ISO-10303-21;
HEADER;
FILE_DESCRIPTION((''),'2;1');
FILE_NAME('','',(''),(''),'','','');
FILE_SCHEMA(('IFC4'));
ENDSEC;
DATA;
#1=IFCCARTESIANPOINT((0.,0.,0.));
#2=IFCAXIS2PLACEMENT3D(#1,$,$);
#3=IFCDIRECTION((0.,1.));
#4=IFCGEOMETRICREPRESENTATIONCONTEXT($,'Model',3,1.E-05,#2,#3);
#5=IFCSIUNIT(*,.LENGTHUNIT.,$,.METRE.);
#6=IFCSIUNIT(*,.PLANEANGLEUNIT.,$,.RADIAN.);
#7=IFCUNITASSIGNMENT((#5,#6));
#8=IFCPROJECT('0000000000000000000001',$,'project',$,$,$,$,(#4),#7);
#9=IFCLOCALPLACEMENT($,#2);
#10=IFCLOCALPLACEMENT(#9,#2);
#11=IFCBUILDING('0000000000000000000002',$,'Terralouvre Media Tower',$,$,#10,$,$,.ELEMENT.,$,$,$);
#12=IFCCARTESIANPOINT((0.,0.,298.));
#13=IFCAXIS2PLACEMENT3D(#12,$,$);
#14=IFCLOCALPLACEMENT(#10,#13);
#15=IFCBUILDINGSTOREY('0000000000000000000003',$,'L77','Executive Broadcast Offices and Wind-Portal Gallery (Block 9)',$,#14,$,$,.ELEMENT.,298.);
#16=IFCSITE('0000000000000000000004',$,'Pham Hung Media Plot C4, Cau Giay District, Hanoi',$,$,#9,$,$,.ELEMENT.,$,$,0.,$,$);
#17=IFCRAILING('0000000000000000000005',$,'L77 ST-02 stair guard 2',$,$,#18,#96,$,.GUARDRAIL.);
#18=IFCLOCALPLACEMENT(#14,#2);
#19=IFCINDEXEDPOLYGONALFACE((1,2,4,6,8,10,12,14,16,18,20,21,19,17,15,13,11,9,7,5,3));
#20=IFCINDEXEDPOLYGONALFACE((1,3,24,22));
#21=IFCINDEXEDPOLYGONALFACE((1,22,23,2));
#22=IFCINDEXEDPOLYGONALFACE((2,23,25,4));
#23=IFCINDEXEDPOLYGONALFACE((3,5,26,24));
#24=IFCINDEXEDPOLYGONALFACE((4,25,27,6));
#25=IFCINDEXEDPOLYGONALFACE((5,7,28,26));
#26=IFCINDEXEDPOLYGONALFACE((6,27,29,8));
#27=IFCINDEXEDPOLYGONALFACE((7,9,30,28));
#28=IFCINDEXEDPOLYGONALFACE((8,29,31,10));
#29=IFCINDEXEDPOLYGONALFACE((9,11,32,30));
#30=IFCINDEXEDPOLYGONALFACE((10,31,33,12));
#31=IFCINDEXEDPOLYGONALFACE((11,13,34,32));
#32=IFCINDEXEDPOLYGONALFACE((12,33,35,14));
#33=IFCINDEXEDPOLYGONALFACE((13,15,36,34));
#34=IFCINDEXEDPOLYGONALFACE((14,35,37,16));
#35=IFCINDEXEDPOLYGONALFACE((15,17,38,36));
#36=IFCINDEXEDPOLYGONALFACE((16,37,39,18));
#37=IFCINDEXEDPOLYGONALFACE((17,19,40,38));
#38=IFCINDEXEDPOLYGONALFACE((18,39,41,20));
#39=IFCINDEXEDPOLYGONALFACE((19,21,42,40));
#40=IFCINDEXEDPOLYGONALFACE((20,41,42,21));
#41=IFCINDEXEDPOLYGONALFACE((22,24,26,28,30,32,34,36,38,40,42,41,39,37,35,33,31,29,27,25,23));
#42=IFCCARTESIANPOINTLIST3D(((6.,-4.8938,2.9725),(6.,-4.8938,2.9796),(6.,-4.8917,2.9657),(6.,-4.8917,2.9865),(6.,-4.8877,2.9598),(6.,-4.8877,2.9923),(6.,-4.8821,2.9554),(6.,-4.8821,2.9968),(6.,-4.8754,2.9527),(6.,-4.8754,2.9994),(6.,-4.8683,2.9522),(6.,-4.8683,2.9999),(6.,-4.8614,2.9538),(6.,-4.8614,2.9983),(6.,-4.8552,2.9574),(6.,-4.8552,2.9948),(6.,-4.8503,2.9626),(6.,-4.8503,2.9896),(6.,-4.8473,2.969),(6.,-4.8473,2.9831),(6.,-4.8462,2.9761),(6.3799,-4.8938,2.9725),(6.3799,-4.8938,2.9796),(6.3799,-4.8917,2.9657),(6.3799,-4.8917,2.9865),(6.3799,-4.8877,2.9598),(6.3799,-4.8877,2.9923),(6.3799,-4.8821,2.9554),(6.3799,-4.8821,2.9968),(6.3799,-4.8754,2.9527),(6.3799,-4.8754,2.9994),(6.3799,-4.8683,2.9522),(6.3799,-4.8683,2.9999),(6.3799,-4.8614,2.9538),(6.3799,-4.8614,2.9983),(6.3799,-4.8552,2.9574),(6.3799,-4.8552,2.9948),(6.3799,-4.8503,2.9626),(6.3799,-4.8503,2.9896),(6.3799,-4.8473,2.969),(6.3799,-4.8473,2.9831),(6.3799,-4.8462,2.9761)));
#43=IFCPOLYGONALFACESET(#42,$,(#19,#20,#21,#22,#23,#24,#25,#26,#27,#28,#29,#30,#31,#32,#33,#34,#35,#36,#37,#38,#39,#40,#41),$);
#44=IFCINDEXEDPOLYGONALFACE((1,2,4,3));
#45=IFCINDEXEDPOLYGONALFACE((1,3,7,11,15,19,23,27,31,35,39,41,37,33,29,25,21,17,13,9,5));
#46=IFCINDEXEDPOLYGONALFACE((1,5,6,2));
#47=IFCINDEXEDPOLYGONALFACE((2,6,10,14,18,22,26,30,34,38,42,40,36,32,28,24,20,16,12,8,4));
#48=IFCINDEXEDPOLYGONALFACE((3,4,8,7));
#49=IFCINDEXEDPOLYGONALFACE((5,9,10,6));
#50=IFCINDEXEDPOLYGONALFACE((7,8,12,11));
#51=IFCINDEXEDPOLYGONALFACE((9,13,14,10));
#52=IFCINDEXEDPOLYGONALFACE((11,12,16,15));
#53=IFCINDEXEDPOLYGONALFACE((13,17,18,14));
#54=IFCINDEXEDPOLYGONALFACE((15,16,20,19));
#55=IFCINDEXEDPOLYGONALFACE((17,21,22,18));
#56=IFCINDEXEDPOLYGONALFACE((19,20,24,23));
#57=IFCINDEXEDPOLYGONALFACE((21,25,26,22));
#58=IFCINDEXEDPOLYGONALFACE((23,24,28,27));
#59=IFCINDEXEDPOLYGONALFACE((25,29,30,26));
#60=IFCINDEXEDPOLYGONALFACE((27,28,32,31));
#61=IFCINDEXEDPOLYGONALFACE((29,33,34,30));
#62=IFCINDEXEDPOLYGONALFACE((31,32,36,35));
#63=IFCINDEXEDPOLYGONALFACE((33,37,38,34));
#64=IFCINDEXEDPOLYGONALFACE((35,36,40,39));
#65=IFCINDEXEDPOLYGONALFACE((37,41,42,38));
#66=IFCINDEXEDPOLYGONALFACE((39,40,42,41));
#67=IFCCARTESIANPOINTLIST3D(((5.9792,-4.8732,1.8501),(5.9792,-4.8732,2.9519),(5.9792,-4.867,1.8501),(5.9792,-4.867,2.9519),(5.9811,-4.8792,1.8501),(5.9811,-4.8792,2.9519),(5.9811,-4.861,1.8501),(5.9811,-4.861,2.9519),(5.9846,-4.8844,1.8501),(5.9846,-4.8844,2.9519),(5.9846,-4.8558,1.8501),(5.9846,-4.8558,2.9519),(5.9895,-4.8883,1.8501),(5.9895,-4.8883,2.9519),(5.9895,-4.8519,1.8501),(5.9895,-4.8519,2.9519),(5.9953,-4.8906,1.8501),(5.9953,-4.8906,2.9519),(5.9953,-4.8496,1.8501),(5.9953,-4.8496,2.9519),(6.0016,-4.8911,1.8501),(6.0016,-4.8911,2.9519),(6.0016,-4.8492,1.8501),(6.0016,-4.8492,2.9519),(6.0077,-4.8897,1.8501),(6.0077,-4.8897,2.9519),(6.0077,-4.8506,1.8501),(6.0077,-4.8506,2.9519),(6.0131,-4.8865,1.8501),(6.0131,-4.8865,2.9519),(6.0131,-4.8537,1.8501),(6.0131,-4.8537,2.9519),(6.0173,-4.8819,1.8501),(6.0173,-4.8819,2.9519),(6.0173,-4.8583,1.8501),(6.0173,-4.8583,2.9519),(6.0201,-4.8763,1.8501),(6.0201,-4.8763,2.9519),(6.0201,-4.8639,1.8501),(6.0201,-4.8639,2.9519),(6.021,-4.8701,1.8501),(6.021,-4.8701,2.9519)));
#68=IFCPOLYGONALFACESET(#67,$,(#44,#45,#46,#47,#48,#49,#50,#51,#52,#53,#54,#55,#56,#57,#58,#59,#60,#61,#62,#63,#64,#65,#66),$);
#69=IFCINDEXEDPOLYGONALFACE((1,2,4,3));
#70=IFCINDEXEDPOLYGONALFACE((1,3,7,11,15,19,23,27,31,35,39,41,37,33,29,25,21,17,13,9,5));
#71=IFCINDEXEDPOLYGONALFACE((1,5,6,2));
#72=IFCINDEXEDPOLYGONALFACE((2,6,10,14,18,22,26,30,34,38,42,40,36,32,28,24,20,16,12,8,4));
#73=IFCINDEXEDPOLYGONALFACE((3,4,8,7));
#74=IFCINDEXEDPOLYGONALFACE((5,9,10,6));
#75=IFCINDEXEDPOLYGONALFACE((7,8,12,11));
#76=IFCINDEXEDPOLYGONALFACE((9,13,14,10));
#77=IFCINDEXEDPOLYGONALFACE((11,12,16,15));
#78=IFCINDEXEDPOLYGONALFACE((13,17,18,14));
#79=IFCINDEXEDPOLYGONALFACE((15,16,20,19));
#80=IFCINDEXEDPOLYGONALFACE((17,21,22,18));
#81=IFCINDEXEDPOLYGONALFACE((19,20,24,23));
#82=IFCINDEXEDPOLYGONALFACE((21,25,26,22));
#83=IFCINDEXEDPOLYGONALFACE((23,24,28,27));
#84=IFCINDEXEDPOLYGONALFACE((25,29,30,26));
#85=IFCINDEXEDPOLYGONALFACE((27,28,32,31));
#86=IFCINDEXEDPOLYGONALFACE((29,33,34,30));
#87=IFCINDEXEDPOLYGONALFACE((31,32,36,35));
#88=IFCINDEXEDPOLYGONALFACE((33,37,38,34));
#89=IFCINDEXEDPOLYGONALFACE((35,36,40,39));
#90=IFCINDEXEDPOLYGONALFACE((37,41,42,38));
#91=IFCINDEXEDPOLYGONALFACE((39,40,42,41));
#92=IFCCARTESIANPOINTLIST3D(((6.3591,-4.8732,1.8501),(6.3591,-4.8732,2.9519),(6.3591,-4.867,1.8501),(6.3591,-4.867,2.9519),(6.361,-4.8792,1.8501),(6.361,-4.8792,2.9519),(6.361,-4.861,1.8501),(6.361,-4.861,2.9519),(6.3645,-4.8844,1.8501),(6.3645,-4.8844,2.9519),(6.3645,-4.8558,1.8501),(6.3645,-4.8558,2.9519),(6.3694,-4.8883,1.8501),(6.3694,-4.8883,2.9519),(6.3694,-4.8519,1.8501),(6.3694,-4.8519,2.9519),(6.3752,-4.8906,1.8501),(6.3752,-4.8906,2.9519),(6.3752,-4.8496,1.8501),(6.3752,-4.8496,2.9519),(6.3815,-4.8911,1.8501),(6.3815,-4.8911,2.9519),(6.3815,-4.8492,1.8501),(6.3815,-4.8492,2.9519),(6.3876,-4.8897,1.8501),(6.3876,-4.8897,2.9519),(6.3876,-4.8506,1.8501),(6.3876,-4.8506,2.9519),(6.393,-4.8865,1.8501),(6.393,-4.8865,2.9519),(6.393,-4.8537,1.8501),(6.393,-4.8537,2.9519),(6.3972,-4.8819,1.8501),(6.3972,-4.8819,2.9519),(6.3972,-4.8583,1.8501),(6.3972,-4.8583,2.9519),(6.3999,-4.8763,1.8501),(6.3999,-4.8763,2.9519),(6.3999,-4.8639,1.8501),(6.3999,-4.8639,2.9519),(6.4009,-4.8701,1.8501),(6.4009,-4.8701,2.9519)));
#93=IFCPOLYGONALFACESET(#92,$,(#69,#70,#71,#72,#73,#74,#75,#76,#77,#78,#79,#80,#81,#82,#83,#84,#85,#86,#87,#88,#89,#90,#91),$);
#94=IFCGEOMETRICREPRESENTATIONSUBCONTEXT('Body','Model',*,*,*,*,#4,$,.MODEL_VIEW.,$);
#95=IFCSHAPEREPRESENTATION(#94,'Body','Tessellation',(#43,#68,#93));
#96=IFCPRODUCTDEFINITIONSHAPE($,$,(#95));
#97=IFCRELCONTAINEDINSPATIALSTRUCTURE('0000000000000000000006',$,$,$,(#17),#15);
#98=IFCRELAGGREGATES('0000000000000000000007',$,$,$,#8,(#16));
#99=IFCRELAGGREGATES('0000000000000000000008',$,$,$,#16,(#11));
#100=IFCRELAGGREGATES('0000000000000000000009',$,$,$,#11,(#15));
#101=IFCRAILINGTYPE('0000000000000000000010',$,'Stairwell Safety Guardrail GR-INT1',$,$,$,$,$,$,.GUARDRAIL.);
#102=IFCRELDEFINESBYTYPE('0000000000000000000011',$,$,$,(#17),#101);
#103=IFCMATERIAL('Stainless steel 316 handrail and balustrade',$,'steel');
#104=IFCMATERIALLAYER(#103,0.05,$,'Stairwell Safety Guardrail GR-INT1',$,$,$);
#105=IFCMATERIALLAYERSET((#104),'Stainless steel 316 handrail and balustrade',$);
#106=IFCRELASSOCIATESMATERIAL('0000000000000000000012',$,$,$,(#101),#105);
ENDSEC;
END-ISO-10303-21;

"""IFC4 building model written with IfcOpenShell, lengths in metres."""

from ifc_helpers import new_model, si_unit, direction, frame, origin, origin_2d, place, context, subcontext, project, spatial, circle, extrude, material, layer, layer_set, type_object, element, save


model = new_model("IFC4")

# Units and contexts
model_context = context("Model", 3, precision=1e-05, world=origin(), true_north=direction((0.0, 1.0)))
body_context = subcontext(model_context, "Body", "Model", "MODEL_VIEW")
ifc_project = project(units=[si_unit("LENGTHUNIT", "METRE"), si_unit("PLANEANGLEUNIT", "RADIAN")], contexts=[model_context])

# Site, building, storey
site_placement = place(None, origin())
site = spatial("IfcSite", under=ifc_project, at=site_placement, Name="Pham Hung Media Plot C4, Cau Giay District, Hanoi", CompositionType="ELEMENT", RefElevation=0.0)
building_placement = place(site_placement, origin())
building = spatial("IfcBuilding", under=site, at=building_placement, Name="Terralouvre Media Tower", CompositionType="ELEMENT")
storey_placement = place(building_placement, frame((0.0, 0.0, 298.0)))
storey = spatial("IfcBuildingStorey", under=building, at=storey_placement, Name="L77", Description="Executive Broadcast Offices and Wind-Portal Gallery (Block 9)", CompositionType="ELEMENT", Elevation=298.0)

# Railing
ifc_material_1 = material(Name="Stainless steel 316 handrail and balustrade", Category="steel")
ifc_layer_1 = layer(ifc_material_1, 0.05, Name="Stairwell Safety Guardrail GR-INT1")
ifc_layer_set_1 = layer_set([ifc_layer_1], Name="Stainless steel 316 handrail and balustrade")
railing_type_1 = type_object("IfcRailingType", Name="Stairwell Safety Guardrail GR-INT1", PredefinedType="GUARDRAIL", material=ifc_layer_set_1)
railing_1_placement = place(storey_placement, frame((6.0, -4.8701, 1.8501)))
element("IfcRailing", 1, at=railing_1_placement, inside=storey, type_object=railing_type_1, Name="L77 ST-02 stair guard 2", PredefinedType="GUARDRAIL", context=body_context, shape_type="SweptSolid", body=[
    extrude(circle(Radius=0.0239, at=origin_2d()), frame((0.0, 0.0, 1.126), z_axis=(1.0, 0.0, 0.0), x_axis=(0.0, 1.0, 0.0)), (0.0, 0.0, 1.0), 0.3799),
    extrude(circle(Radius=0.021, at=origin_2d()), origin(), (0.0, 0.0, 1.0), 1.1018),
    extrude(circle(Radius=0.021, at=origin_2d()), frame((0.3799, 0.0, 0.0)), (0.0, 0.0, 1.0), 1.1018),
])

save(model, "model.ifc")
